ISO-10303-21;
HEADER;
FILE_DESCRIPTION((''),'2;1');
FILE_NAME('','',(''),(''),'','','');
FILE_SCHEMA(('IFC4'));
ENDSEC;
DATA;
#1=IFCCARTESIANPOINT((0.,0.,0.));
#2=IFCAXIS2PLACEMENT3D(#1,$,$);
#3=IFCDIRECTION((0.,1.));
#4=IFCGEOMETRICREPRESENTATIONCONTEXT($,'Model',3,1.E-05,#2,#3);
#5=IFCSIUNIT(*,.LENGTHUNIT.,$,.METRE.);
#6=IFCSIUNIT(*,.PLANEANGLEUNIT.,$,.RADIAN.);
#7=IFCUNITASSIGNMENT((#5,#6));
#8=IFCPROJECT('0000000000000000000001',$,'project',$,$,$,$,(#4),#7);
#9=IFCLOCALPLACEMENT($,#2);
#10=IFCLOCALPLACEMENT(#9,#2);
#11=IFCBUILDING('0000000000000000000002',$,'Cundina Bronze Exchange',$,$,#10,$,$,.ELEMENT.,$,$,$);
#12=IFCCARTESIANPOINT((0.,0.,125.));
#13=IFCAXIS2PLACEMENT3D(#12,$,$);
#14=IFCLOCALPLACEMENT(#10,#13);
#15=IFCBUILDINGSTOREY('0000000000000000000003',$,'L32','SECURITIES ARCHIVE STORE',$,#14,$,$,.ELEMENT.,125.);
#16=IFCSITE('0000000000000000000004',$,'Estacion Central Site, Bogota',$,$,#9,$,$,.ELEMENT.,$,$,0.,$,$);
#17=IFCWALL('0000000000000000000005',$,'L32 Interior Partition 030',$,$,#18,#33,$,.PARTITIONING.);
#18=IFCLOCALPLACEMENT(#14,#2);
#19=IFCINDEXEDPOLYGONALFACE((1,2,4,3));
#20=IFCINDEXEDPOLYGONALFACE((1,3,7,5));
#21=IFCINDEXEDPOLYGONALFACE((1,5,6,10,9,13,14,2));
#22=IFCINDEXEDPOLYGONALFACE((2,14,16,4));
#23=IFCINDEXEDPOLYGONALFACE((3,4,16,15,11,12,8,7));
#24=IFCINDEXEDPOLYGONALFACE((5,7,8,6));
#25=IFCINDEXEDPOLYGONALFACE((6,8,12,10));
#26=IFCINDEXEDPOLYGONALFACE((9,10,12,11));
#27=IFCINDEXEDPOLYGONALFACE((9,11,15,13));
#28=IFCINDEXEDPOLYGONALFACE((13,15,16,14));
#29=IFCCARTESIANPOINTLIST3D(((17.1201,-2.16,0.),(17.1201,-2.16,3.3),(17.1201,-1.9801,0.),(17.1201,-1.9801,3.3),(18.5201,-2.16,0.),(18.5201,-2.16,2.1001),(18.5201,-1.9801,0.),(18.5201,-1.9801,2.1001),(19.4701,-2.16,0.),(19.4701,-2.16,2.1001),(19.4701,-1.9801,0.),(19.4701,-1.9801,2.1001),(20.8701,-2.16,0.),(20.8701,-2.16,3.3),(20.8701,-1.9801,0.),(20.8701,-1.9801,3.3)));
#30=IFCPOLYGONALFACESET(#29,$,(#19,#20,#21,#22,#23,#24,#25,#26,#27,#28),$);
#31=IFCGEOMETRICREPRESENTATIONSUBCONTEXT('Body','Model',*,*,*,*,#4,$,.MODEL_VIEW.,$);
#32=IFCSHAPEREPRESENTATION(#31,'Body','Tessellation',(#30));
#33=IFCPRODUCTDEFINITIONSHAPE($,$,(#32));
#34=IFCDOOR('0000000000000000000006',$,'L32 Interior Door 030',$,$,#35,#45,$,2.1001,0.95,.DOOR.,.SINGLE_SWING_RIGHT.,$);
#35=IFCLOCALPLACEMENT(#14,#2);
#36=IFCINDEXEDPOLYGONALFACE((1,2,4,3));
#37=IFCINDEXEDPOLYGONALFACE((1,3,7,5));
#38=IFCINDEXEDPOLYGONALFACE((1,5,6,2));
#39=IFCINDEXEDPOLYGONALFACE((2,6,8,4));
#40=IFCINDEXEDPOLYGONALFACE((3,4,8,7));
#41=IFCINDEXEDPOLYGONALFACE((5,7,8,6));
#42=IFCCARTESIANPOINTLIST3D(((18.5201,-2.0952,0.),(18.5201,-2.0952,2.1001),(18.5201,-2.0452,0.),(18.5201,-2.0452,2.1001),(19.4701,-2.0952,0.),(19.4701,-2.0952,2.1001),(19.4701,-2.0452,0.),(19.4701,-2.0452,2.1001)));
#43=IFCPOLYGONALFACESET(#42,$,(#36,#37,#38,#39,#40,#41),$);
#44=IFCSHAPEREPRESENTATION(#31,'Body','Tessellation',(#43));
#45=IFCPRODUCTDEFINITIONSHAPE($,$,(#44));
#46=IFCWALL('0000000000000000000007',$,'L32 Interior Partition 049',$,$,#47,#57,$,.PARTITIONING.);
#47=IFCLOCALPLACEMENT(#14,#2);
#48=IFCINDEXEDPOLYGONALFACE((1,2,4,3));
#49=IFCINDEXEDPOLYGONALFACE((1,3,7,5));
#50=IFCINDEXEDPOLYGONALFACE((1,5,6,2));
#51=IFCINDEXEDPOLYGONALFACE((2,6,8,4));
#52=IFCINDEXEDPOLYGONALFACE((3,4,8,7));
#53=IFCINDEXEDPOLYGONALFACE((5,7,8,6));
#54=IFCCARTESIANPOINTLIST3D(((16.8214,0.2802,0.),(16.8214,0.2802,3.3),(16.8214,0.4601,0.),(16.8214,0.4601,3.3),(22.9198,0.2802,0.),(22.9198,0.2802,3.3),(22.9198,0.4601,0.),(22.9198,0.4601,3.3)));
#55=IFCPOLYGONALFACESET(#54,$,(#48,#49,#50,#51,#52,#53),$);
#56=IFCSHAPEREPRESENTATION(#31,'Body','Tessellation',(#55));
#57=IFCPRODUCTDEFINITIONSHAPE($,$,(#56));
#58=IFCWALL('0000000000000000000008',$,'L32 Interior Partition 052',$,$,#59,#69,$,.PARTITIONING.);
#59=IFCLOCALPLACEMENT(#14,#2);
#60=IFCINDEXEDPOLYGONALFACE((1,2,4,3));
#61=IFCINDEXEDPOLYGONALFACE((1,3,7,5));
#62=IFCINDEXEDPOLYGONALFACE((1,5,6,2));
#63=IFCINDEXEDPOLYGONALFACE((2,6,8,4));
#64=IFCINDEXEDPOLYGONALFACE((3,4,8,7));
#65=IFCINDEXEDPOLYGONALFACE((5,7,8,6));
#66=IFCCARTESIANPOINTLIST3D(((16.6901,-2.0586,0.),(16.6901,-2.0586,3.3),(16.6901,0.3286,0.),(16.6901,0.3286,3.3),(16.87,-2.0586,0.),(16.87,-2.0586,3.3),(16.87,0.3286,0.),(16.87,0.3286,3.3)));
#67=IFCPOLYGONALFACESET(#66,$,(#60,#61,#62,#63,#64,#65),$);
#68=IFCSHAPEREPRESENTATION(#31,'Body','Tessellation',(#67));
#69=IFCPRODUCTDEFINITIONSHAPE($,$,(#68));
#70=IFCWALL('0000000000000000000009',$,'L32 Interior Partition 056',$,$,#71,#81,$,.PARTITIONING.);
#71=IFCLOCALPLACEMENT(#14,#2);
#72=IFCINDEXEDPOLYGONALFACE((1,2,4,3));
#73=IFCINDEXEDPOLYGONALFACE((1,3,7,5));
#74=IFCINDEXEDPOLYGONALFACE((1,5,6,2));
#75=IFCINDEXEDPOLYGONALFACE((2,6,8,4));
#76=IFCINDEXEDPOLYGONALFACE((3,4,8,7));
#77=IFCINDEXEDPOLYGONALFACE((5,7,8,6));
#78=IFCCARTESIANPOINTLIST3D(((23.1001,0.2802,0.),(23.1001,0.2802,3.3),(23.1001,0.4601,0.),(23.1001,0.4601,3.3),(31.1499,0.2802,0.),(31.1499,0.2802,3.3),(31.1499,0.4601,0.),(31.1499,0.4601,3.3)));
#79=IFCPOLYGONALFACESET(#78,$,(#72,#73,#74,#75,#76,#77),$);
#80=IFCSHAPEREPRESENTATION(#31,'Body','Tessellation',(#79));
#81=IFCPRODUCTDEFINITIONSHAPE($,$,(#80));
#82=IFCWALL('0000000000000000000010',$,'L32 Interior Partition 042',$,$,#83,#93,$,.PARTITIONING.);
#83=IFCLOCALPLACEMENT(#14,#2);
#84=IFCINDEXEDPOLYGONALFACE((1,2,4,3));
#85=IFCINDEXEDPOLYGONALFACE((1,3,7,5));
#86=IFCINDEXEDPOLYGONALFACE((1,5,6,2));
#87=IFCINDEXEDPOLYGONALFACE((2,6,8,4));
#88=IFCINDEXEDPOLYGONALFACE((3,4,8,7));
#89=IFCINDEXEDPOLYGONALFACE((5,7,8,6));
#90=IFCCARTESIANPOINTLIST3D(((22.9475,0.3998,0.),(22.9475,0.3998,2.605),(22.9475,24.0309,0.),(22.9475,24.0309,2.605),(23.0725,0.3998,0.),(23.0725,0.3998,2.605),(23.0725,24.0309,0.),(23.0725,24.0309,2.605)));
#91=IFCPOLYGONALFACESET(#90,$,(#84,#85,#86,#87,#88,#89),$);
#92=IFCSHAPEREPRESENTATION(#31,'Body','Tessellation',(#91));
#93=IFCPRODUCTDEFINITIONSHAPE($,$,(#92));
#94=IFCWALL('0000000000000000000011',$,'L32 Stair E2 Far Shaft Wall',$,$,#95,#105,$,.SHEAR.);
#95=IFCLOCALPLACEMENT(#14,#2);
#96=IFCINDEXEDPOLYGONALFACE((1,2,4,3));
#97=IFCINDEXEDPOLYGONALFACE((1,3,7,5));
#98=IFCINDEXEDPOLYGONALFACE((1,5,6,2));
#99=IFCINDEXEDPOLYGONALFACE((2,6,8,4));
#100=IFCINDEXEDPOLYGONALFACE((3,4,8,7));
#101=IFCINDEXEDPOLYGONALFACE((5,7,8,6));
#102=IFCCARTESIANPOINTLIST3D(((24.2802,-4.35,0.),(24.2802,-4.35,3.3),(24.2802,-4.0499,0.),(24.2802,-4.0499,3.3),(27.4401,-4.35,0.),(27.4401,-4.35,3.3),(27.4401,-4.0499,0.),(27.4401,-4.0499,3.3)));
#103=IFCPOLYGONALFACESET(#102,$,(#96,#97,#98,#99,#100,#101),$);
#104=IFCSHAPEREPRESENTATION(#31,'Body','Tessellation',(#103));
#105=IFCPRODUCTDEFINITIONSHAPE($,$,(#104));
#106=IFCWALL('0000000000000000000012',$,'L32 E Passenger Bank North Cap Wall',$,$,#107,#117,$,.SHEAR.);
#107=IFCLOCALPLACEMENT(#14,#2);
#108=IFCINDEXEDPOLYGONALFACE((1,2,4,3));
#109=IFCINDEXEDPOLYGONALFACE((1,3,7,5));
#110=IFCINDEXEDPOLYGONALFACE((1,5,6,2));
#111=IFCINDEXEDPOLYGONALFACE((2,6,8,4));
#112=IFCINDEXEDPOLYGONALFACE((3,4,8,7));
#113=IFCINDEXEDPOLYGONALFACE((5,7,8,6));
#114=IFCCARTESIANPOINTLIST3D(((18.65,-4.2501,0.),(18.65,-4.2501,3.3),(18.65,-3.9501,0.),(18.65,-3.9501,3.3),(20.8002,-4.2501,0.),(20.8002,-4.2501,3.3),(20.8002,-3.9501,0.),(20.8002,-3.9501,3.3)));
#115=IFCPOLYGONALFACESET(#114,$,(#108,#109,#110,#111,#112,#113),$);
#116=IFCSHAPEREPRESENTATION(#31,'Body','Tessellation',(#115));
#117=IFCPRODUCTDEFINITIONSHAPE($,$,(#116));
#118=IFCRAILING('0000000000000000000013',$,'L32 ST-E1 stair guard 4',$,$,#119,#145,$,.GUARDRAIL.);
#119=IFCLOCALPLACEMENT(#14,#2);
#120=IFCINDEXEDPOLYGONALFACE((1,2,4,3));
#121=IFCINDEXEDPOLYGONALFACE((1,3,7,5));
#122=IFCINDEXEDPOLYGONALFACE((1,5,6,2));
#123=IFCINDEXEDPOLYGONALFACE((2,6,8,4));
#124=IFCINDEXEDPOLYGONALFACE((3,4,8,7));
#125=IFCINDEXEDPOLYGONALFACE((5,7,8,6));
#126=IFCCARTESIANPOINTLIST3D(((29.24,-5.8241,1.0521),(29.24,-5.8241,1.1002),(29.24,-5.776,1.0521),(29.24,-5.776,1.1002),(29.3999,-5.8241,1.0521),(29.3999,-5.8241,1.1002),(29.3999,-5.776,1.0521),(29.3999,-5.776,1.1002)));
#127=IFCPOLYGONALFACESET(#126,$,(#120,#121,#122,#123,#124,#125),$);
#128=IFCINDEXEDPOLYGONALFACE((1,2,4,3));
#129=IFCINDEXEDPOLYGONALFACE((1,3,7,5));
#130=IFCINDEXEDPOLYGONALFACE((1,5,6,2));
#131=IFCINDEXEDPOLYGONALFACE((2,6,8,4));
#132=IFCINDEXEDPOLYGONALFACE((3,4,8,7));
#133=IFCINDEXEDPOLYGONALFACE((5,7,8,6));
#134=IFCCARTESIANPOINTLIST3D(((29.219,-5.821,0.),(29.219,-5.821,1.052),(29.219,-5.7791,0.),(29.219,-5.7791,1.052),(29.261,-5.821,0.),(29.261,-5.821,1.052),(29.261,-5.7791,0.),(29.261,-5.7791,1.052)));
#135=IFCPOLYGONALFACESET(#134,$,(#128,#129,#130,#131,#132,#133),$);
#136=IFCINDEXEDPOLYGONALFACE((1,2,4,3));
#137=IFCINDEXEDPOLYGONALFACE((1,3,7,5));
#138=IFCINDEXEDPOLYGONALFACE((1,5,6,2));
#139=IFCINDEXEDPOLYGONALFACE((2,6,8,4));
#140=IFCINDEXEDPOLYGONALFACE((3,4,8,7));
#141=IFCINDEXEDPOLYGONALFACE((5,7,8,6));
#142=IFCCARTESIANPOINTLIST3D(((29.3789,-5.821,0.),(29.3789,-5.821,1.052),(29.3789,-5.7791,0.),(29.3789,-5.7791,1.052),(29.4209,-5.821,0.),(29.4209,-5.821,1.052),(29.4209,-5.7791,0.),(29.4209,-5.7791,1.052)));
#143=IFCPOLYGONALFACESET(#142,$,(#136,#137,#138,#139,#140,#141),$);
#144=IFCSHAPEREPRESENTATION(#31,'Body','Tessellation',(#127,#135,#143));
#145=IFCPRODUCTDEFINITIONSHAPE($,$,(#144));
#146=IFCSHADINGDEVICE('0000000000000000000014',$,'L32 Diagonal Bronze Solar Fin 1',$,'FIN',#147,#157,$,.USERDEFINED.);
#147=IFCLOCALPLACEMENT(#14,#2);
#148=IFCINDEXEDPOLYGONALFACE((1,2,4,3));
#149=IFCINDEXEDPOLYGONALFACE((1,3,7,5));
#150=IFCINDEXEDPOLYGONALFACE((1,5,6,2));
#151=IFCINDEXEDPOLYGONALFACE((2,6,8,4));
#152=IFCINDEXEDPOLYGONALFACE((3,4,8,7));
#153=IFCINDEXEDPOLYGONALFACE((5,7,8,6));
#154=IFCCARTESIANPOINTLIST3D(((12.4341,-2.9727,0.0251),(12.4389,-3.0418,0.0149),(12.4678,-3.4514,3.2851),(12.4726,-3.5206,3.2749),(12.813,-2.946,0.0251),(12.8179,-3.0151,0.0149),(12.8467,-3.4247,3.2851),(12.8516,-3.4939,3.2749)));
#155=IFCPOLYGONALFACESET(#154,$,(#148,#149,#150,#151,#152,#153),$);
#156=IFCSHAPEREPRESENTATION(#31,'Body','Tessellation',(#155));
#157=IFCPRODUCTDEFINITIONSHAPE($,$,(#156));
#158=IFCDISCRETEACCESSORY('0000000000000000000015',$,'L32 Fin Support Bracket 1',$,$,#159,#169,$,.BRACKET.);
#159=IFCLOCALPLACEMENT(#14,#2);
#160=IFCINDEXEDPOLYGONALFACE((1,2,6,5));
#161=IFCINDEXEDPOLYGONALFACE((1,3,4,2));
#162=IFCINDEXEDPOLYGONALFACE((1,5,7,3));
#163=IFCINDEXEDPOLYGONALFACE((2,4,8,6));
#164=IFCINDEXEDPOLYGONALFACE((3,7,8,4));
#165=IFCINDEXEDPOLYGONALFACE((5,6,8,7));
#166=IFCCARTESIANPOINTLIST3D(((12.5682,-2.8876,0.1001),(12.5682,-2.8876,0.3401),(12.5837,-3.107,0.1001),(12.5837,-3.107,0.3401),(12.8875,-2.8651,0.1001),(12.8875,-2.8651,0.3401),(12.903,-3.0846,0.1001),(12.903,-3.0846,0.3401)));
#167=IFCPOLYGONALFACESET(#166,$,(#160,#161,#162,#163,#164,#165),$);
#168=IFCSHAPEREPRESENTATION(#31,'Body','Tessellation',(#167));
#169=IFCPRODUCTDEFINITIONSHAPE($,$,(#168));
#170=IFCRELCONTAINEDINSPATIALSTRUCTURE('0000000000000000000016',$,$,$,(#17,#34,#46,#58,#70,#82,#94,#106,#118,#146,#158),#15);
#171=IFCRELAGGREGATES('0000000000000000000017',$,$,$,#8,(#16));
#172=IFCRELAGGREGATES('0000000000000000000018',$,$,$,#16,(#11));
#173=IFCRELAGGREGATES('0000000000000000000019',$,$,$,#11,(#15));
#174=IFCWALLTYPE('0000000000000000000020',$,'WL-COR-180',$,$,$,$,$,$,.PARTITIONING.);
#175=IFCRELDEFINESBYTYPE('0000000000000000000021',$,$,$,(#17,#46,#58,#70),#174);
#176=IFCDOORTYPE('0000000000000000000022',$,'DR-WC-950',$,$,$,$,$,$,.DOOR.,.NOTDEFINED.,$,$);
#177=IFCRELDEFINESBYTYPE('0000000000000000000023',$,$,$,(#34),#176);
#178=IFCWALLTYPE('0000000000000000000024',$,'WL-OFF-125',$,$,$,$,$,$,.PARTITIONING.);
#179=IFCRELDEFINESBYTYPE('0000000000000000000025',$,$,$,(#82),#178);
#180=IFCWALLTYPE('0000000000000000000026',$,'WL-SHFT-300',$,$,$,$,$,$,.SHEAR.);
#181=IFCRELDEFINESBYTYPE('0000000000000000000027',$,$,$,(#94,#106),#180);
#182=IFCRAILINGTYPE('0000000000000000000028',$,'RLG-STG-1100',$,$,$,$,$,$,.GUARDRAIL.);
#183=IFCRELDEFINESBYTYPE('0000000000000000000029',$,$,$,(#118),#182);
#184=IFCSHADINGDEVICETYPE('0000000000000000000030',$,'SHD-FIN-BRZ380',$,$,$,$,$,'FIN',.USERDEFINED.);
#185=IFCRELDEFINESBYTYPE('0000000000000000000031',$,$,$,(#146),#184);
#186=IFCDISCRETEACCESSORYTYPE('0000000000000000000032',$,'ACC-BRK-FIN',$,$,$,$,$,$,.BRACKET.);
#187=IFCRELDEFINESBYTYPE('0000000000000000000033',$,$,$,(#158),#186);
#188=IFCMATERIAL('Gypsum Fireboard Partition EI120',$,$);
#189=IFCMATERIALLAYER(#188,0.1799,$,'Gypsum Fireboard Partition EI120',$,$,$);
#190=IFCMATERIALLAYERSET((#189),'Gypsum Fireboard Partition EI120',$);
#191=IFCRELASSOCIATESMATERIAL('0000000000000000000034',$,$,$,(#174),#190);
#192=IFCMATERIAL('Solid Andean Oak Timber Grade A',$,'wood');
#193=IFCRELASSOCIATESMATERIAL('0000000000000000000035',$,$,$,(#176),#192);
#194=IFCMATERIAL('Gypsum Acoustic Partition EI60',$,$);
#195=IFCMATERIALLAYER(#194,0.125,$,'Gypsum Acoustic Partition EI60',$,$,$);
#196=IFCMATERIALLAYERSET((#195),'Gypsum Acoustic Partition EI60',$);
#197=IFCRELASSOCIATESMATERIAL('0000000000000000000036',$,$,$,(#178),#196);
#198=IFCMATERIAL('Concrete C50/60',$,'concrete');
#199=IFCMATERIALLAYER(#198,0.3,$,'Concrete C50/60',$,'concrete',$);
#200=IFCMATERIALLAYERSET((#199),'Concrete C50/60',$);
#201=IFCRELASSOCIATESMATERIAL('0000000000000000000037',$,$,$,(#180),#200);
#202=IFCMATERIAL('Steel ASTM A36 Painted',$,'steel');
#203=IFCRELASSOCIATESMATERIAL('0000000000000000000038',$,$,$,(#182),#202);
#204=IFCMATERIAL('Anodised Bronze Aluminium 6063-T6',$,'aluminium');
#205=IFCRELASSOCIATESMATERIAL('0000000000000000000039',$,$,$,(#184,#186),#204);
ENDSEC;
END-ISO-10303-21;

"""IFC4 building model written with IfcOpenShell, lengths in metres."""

from ifc_helpers import new_model, si_unit, direction, frame, frame_2d, origin, origin_2d, place, context, subcontext, project, spatial, rectangle, extrude, material, layer, layer_set, material_profile, profile_set, type_object, element, fill, save


model = new_model("IFC4")

# Units and contexts
model_context = context("Model", 3, precision=1e-05, world=origin(), true_north=direction((0.0, 1.0)))
body_context = subcontext(model_context, "Body", "Model", "MODEL_VIEW")
ifc_project = project(units=[si_unit("LENGTHUNIT", "METRE"), si_unit("PLANEANGLEUNIT", "RADIAN")], contexts=[model_context])

# Site, building, storey
site_placement = place(None, origin())
site = spatial("IfcSite", under=ifc_project, at=site_placement, Name="Estacion Central Site, Bogota", CompositionType="ELEMENT", RefElevation=0.0)
building_placement = place(site_placement, origin())
building = spatial("IfcBuilding", under=site, at=building_placement, Name="Cundina Bronze Exchange", CompositionType="ELEMENT")
storey_placement = place(building_placement, frame((0.0, 0.0, 125.0)))
storey = spatial("IfcBuildingStorey", under=building, at=storey_placement, Name="L32", Description="SECURITIES ARCHIVE STORE", CompositionType="ELEMENT", Elevation=125.0)

# Shared definitions
ifc_material_1 = material(Name="Anodised Bronze Aluminium 6063-T6", Category="aluminium")

# Shared definitions
ifc_material_2 = material(Name="Gypsum Fireboard Partition EI120")
ifc_layer_1 = layer(ifc_material_2, 0.1799, Name="Gypsum Fireboard Partition EI120")
ifc_layer_set_1 = layer_set([ifc_layer_1], Name="Gypsum Fireboard Partition EI120")
wall_type_1 = type_object("IfcWallType", Name="WL-COR-180", PredefinedType="PARTITIONING", material=ifc_layer_set_1)

# Wall, opening, door
ifc_material_3 = material(Name="Steel ASTM A36 Painted", Category="steel")
wall_1_placement = place(storey_placement, frame((17.1201, -2.0701, 0.0), z_axis=(0.0, 0.0, 1.0), x_axis=(1.0, 0.0, 0.0)))
wall_1 = element("IfcWall", 1, at=wall_1_placement, inside=storey, type_object=wall_type_1, Name="L32 Interior Partition 030", PredefinedType="PARTITIONING", context=body_context, shape_type="SweptSolid", body=[
    extrude(rectangle(XDim=3.75, YDim=0.1799, at=frame_2d((1.875, 0.0))), origin(), (0.0, 0.0, 1.0), 3.3),
])
opening_1_placement = place(wall_1_placement, frame((1.3999, 0.0, 0.0)))
opening_1 = element("IfcOpeningElement", 2, at=opening_1_placement, cuts=wall_1, PredefinedType="OPENING", context=body_context, shape_type="SweptSolid", body=[
    extrude(rectangle(XDim=0.95, YDim=2.1001, at=frame_2d((0.4751, 1.05))), frame((0.0, 0.0999, 0.0), z_axis=(0.0, -1.0, 0.0), x_axis=(1.0, 0.0, 0.0)), (0.0, 0.0, 1.0), 0.2),
])
ifc_material_4 = material(Name="Solid Andean Oak Timber Grade A", Category="wood")
door_type_1 = type_object("IfcDoorType", Name="DR-WC-950", OperationType="NOTDEFINED", PredefinedType="DOOR", material=ifc_material_4)
door_1_placement = place(opening_1_placement, origin())
door_1 = element("IfcDoor", 3, at=door_1_placement, inside=storey, type_object=door_type_1, Name="L32 Interior Door 030", OperationType="SINGLE_SWING_RIGHT", OverallHeight=2.1001, OverallWidth=0.95, PredefinedType="DOOR", context=body_context, shape_type="SweptSolid", body=[
    extrude(rectangle(XDim=0.95, YDim=2.1001, at=frame_2d((0.4751, 1.05))), frame((0.0, 0.0249, 0.0), z_axis=(0.0, -1.0, 0.0), x_axis=(1.0, 0.0, 0.0)), (0.0, 0.0, 1.0), 0.05),
])
fill(opening_1, door_1)

# Walls
wall_2_placement = place(storey_placement, frame((22.9199, 0.3701, 0.0), z_axis=(0.0, 0.0, 1.0), x_axis=(-1.0, 0.0, 0.0)))
element("IfcWall", 4, at=wall_2_placement, inside=storey, type_object=wall_type_1, Name="L32 Interior Partition 049", PredefinedType="PARTITIONING", context=body_context, shape_type="SweptSolid", body=[
    extrude(rectangle(XDim=6.0984, YDim=0.1799, at=frame_2d((3.0493, 0.0))), origin(), (0.0, 0.0, 1.0), 3.3),
])
wall_3_placement = place(storey_placement, frame((16.78, 0.3286, 0.0), z_axis=(0.0, 0.0, 1.0), x_axis=(0.0, -1.0, 0.0)))
element("IfcWall", 5, at=wall_3_placement, inside=storey, type_object=wall_type_1, Name="L32 Interior Partition 052", PredefinedType="PARTITIONING", context=body_context, shape_type="SweptSolid", body=[
    extrude(rectangle(XDim=2.3872, YDim=0.1799, at=frame_2d((1.1936, 0.0))), origin(), (0.0, 0.0, 1.0), 3.3),
])
wall_4_placement = place(storey_placement, frame((31.1499, 0.3701, 0.0), z_axis=(0.0, 0.0, 1.0), x_axis=(-1.0, 0.0, 0.0)))
element("IfcWall", 6, at=wall_4_placement, inside=storey, type_object=wall_type_1, Name="L32 Interior Partition 056", PredefinedType="PARTITIONING", context=body_context, shape_type="SweptSolid", body=[
    extrude(rectangle(XDim=8.0498, YDim=0.1799, at=frame_2d((4.0249, 0.0))), origin(), (0.0, 0.0, 1.0), 3.3),
])
ifc_material_5 = material(Name="Gypsum Acoustic Partition EI60")
ifc_layer_2 = layer(ifc_material_5, 0.125, Name="Gypsum Acoustic Partition EI60")
ifc_layer_set_2 = layer_set([ifc_layer_2], Name="Gypsum Acoustic Partition EI60")
wall_type_2 = type_object("IfcWallType", Name="WL-OFF-125", PredefinedType="PARTITIONING", material=ifc_layer_set_2)
wall_5_placement = place(storey_placement, frame((23.01, 0.3999, 0.0), z_axis=(0.0, 0.0, 1.0), x_axis=(0.0, 1.0, 0.0)))
element("IfcWall", 7, at=wall_5_placement, inside=storey, type_object=wall_type_2, Name="L32 Interior Partition 042", PredefinedType="PARTITIONING", context=body_context, shape_type="SweptSolid", body=[
    extrude(rectangle(XDim=23.6311, YDim=0.125, at=frame_2d((11.8154, 0.0))), origin(), (0.0, 0.0, 1.0), 2.605),
])

# Shared definitions
ifc_material_6 = material(Name="Concrete C50/60", Category="concrete")
ifc_layer_3 = layer(ifc_material_6, 0.3, Name="Concrete C50/60", Category="concrete")
ifc_layer_set_3 = layer_set([ifc_layer_3], Name="Concrete C50/60")
wall_type_3 = type_object("IfcWallType", Name="WL-SHFT-300", PredefinedType="SHEAR", material=ifc_layer_set_3)

# Walls
wall_6_placement = place(storey_placement, frame((24.28, -4.2, 0.0), z_axis=(0.0, 0.0, 1.0), x_axis=(1.0, 0.0, 0.0)))
element("IfcWall", 8, at=wall_6_placement, inside=storey, type_object=wall_type_3, Name="L32 Stair E2 Far Shaft Wall", PredefinedType="SHEAR", context=body_context, shape_type="SweptSolid", body=[
    extrude(rectangle(XDim=3.1599, YDim=0.3, at=frame_2d((1.5801, 0.0))), origin(), (0.0, 0.0, 1.0), 3.3),
])
wall_7_placement = place(storey_placement, frame((18.6499, -4.1001, 0.0), z_axis=(0.0, 0.0, 1.0), x_axis=(1.0, 0.0, 0.0)))
element("IfcWall", 9, at=wall_7_placement, inside=storey, type_object=wall_type_3, Name="L32 E Passenger Bank North Cap Wall", PredefinedType="SHEAR", context=body_context, shape_type="SweptSolid", body=[
    extrude(rectangle(XDim=2.1501, YDim=0.3, at=frame_2d((1.0752, 0.0))), origin(), (0.0, 0.0, 1.0), 3.3),
])

# Railing
railing_type = type_object("IfcRailingType", Name="RLG-STG-1100", PredefinedType="GUARDRAIL", material=ifc_material_3)
railing_placement = place(storey_placement, frame((29.24, -5.8, 0.0)))
element("IfcRailing", 10, at=railing_placement, inside=storey, type_object=railing_type, Name="L32 ST-E1 stair guard 4", PredefinedType="GUARDRAIL", context=body_context, shape_type="SweptSolid", body=[
    extrude(rectangle(XDim=0.0481, YDim=0.0481, at=origin_2d()), frame((0.0, 0.0, 1.0762), z_axis=(1.0, 0.0, 0.0), x_axis=(0.0, 1.0, 0.0)), (0.0, 0.0, 1.0), 0.1599),
    extrude(rectangle(XDim=0.042, YDim=0.042, at=origin_2d()), origin(), (0.0, 0.0, 1.0), 1.052),
    extrude(rectangle(XDim=0.042, YDim=0.042, at=origin_2d()), frame((0.1599, 0.0, 0.0)), (0.0, 0.0, 1.0), 1.052),
])

# Shading device
ifc_material_profile_1 = material_profile(ifc_material_1, rectangle(XDim=0.0701, YDim=0.3799, at=origin_2d()), Name="FIN70X380", Category="aluminium")
ifc_profile_set_1 = profile_set([ifc_material_profile_1], Name="Anodised Bronze Aluminium 6063-T6")
shading_device_type = type_object("IfcShadingDeviceType", Name="SHD-FIN-BRZ380", ElementType="FIN", PredefinedType="USERDEFINED", material=ifc_profile_set_1)
shading_device_placement = place(storey_placement, frame((12.626, -2.9939, 0.02), z_axis=(0.010225, -0.145292, 0.989336), x_axis=(-0.06945, 0.986895, 0.145652)))
element("IfcShadingDevice", 11, at=shading_device_placement, inside=storey, type_object=shading_device_type, Name="L32 Diagonal Bronze Solar Fin 1", ObjectType="FIN", PredefinedType="USERDEFINED", context=body_context, shape_type="SweptSolid", body=[
    extrude(rectangle(XDim=0.0701, YDim=0.3799, at=origin_2d()), origin(), (0.0, 0.0, 1.0), 3.2952),
])

# Discrete accessory
discrete_accessory_type = type_object("IfcDiscreteAccessoryType", Name="ACC-BRK-FIN", PredefinedType="BRACKET", material=ifc_material_1)
discrete_accessory_placement = place(storey_placement, frame((12.7356, -2.9861, 0.1001), z_axis=(0.0, 0.0, 1.0), x_axis=(0.070279, -0.997527, 0.0)))
element("IfcDiscreteAccessory", 12, at=discrete_accessory_placement, inside=storey, type_object=discrete_accessory_type, Name="L32 Fin Support Bracket 1", PredefinedType="BRACKET", context=body_context, shape_type="SweptSolid", body=[
    extrude(rectangle(XDim=0.22, YDim=0.3201, at=origin_2d()), origin(), (0.0, 0.0, 1.0), 0.24),
])

save(model, "model.ifc")
